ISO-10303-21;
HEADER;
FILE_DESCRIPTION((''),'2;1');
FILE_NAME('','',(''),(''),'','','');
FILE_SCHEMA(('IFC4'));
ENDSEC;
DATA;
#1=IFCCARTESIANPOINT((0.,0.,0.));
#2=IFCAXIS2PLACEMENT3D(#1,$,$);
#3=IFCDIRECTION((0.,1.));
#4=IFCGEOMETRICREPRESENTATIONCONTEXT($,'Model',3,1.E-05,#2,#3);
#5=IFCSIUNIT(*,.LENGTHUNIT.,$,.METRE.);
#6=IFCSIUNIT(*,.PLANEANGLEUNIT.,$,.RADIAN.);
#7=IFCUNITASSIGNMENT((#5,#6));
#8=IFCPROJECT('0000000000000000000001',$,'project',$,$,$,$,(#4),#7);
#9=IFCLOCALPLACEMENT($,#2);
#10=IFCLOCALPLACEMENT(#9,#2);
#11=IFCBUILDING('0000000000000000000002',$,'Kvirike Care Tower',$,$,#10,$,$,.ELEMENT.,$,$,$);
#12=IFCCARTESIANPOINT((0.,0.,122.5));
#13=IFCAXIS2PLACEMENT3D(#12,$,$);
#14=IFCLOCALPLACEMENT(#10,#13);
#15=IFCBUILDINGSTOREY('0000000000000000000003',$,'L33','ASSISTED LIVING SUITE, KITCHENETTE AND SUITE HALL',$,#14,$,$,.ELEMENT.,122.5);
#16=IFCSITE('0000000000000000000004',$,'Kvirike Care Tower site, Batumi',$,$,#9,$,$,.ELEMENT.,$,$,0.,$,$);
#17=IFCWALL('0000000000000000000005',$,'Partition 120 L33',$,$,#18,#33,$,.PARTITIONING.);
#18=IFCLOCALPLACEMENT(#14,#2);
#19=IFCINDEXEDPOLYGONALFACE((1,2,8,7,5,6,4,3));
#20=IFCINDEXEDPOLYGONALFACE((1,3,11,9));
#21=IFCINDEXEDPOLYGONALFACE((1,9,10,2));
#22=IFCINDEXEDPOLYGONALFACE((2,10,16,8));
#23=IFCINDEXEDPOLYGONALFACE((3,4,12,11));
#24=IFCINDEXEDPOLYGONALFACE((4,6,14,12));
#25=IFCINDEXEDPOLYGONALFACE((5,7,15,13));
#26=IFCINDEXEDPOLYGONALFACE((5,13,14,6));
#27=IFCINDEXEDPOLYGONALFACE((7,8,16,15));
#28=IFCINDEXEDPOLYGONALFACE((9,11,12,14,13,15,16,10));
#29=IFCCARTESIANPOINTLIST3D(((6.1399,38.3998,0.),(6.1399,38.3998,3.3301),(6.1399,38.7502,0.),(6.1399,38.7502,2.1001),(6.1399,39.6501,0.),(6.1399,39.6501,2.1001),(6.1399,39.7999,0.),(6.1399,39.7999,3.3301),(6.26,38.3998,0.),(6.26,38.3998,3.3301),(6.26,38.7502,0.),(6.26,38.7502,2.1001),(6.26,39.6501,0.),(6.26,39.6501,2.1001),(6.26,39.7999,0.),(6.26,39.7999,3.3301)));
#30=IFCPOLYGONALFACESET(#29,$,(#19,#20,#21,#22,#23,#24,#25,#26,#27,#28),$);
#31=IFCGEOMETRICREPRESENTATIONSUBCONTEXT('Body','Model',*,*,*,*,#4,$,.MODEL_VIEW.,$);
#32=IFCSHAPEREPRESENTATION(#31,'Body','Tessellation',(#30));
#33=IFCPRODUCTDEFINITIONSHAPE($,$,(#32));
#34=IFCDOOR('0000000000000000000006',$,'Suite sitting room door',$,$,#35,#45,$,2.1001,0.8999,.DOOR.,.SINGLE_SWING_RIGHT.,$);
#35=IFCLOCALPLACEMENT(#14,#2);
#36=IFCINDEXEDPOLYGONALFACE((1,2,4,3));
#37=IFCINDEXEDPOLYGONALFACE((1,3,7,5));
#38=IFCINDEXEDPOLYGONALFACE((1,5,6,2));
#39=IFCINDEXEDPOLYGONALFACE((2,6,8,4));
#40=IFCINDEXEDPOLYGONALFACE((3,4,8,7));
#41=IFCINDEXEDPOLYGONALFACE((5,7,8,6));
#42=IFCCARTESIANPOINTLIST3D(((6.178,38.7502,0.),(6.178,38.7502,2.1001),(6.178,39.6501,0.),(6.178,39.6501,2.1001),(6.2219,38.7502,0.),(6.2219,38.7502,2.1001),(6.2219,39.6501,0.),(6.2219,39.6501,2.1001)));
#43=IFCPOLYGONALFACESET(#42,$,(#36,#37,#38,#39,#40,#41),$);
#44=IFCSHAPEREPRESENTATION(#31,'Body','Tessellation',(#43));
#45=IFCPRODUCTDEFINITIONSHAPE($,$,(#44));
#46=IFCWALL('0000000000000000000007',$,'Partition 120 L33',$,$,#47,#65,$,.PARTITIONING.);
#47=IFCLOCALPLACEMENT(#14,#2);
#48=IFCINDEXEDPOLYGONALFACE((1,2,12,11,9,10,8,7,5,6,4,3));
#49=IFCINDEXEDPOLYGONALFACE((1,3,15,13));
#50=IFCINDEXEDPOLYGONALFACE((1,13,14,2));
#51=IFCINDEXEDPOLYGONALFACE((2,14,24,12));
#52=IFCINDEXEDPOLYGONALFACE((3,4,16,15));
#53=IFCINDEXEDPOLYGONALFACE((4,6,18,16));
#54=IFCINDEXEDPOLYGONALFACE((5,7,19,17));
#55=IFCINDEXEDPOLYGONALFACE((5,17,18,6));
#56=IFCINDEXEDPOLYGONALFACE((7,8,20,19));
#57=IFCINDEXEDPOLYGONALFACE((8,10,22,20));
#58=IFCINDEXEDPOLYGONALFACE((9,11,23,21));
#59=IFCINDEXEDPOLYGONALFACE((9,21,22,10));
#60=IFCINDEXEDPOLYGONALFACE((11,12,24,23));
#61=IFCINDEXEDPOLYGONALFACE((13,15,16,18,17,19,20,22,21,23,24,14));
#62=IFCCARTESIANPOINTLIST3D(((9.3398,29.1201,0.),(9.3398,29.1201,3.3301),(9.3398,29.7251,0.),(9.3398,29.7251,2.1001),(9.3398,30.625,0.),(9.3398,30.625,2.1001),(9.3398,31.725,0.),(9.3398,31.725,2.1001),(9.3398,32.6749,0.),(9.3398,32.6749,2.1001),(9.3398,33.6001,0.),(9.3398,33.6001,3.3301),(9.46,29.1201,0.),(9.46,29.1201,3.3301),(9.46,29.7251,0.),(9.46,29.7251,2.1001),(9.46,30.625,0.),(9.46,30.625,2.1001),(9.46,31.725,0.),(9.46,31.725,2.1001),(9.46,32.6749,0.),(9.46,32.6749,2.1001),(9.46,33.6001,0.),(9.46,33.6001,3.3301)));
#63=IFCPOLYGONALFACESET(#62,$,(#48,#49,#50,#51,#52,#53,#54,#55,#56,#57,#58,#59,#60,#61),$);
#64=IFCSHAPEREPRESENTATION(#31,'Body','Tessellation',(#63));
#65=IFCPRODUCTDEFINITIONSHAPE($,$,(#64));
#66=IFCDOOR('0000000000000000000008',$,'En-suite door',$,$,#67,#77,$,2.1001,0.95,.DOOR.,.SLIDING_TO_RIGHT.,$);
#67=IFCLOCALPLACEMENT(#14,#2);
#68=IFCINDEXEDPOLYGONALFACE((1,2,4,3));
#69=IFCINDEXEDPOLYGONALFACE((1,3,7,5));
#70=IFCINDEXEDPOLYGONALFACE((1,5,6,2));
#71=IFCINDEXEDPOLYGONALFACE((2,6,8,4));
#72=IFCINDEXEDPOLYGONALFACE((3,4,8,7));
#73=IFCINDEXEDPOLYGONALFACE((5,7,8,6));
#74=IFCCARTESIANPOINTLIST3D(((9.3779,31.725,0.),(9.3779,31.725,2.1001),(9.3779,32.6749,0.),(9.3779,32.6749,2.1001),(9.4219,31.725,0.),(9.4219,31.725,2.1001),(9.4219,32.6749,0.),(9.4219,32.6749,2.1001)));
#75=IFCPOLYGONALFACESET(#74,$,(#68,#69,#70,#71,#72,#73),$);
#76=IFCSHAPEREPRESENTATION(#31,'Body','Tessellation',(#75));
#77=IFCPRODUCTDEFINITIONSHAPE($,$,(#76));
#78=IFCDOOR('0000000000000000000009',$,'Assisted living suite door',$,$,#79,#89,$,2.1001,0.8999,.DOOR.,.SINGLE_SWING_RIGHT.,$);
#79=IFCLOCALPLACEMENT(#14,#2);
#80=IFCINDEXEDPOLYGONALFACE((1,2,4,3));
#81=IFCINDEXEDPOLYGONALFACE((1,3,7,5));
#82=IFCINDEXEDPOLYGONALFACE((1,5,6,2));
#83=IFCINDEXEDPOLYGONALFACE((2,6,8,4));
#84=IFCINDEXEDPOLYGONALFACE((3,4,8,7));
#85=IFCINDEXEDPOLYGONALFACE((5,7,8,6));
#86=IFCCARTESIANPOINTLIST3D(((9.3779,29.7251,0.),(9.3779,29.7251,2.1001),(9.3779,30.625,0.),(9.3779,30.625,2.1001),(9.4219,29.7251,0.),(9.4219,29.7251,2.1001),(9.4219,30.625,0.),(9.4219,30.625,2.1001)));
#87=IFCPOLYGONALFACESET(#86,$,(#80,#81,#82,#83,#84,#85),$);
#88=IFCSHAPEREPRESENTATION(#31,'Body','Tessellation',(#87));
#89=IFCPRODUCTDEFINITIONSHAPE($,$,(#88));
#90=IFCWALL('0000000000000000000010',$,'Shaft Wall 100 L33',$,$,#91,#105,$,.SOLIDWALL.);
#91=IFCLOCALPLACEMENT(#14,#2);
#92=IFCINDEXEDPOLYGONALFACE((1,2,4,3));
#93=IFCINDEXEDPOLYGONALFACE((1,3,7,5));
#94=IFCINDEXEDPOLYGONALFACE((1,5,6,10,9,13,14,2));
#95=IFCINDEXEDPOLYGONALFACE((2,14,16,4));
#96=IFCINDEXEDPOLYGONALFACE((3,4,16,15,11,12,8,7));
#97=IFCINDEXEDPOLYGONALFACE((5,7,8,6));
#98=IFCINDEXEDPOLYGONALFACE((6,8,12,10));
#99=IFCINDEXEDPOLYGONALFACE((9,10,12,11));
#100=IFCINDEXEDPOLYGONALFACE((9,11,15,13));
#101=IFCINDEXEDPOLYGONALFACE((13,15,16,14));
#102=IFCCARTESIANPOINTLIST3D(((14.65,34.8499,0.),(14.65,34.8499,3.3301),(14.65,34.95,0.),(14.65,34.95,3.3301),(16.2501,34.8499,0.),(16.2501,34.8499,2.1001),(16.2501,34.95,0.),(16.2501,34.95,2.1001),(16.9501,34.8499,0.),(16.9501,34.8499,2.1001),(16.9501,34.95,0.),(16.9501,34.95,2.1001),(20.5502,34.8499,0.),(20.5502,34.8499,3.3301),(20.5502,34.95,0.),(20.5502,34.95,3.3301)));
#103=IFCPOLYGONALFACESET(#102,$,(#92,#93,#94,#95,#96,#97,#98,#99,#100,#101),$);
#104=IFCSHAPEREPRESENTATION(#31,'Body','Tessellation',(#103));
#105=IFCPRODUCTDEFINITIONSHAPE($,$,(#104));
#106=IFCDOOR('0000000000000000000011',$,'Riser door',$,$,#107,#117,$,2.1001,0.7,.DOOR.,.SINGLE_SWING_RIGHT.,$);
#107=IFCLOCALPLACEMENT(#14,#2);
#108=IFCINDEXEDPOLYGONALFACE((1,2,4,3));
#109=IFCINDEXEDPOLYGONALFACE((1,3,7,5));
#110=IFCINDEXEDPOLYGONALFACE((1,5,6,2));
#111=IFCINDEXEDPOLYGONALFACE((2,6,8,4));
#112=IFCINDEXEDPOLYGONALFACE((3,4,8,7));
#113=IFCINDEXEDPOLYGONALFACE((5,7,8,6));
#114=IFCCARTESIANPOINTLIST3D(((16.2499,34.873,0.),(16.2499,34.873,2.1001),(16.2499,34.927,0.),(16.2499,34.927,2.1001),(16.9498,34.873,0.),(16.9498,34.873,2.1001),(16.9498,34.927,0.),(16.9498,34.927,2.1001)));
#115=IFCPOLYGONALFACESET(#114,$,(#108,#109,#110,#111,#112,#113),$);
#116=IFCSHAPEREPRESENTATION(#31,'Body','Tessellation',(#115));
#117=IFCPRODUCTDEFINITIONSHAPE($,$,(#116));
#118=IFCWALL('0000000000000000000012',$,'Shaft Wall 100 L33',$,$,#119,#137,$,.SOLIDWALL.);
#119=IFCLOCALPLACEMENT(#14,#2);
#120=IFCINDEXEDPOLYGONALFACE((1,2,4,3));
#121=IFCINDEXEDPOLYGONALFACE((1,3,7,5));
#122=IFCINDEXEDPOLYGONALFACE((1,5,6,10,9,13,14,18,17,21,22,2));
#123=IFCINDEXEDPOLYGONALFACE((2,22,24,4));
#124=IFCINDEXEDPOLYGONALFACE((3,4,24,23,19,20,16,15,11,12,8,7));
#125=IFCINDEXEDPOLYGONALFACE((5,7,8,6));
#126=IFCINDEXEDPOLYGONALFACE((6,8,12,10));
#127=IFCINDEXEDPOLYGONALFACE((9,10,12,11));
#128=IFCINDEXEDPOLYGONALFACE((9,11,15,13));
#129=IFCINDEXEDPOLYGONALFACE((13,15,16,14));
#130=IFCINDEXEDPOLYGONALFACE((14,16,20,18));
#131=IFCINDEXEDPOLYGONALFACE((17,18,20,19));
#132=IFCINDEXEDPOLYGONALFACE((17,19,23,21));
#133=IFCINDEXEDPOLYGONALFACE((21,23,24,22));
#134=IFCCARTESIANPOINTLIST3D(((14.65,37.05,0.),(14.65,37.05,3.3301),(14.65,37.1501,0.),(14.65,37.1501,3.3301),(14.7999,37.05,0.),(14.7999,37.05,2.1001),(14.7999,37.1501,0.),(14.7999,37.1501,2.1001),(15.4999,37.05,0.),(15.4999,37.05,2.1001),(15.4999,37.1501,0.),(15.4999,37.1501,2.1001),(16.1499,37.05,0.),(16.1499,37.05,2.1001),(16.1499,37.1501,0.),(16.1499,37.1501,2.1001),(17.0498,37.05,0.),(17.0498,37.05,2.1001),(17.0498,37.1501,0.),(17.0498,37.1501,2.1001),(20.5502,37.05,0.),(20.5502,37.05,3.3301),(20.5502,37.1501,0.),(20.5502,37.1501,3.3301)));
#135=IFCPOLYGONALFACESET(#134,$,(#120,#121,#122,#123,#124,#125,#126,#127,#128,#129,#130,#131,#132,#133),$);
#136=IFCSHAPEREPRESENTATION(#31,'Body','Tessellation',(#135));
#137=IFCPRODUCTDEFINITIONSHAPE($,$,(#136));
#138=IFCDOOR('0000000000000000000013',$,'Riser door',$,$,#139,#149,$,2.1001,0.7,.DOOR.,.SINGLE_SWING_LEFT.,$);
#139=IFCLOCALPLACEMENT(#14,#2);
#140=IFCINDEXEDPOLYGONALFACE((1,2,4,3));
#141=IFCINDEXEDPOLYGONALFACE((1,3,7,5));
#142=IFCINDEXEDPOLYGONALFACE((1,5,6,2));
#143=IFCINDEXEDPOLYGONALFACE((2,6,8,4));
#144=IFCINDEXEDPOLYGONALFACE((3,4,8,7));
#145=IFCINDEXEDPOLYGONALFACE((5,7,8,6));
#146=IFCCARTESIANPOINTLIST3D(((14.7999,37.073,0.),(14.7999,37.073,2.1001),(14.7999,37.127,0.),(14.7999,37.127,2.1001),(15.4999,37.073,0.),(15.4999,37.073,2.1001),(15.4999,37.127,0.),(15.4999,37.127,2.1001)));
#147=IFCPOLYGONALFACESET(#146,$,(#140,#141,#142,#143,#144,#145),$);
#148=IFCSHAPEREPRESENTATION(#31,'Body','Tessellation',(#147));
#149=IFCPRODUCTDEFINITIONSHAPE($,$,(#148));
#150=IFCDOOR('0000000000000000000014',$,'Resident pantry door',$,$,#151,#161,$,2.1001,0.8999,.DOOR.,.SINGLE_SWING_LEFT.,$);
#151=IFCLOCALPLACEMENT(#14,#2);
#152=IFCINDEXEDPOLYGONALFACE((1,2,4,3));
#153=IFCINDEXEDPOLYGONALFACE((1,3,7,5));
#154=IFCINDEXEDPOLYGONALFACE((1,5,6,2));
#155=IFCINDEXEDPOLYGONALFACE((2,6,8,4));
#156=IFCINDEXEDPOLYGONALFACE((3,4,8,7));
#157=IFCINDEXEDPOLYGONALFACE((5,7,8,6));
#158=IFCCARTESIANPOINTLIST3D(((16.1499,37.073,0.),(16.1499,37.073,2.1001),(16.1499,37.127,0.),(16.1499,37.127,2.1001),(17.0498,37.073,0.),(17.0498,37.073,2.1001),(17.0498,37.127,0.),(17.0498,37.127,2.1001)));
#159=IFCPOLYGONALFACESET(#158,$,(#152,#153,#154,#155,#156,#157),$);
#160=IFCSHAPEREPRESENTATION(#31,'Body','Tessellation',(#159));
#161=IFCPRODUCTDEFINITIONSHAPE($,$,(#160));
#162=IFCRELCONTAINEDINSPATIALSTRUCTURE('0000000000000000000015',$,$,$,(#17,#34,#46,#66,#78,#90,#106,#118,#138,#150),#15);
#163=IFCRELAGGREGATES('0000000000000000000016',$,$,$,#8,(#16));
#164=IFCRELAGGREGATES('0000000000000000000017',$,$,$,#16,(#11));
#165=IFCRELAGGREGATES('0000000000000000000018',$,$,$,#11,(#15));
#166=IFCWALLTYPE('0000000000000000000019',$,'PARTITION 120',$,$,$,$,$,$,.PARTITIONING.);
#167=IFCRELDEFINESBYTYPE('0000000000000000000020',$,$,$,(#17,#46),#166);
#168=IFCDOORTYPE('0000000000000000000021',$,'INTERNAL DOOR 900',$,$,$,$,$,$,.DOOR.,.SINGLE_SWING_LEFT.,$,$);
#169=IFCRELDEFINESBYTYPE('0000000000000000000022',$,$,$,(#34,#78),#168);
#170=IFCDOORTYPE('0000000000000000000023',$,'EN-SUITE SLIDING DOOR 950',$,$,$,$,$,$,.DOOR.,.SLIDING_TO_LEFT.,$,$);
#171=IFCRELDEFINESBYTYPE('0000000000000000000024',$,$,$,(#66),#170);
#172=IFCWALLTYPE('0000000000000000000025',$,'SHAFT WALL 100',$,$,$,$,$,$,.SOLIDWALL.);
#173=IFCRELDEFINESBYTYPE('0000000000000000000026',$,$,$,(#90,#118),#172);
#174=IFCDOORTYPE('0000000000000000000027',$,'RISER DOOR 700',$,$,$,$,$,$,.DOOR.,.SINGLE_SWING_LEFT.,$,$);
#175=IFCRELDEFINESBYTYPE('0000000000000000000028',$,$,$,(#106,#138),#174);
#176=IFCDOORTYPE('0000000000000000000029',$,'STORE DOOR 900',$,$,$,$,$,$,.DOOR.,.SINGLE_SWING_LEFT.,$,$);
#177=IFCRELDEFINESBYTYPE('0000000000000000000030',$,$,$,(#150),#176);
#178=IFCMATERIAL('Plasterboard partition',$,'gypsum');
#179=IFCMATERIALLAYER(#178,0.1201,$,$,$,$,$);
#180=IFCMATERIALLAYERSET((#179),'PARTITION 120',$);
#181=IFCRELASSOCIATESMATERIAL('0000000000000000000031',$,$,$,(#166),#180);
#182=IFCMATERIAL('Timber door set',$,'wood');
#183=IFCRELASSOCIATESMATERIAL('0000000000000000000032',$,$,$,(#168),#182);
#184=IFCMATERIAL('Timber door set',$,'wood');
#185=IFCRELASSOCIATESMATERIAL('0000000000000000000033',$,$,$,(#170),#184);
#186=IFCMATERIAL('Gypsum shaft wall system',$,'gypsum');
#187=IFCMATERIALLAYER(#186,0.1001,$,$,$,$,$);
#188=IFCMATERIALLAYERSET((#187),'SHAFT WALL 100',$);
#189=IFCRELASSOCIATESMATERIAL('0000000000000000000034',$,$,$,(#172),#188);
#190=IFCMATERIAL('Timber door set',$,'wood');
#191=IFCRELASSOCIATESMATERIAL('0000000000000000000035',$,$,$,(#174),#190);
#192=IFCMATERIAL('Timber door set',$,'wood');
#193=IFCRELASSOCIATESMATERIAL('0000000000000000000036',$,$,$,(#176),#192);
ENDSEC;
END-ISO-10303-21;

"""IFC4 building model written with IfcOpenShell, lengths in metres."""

from ifc_helpers import new_model, si_unit, direction, frame, frame_2d, origin, place, context, subcontext, project, spatial, rectangle, extrude, material, layer, layer_set, type_object, element, fill, save


model = new_model("IFC4")

# Units and contexts
model_context = context("Model", 3, precision=1e-05, world=origin(), true_north=direction((0.0, 1.0)))
body_context = subcontext(model_context, "Body", "Model", "MODEL_VIEW")
ifc_project = project(units=[si_unit("LENGTHUNIT", "METRE"), si_unit("PLANEANGLEUNIT", "RADIAN")], contexts=[model_context])

# Site, building, storey
site_placement = place(None, origin())
site = spatial("IfcSite", under=ifc_project, at=site_placement, Name="Kvirike Care Tower site, Batumi", CompositionType="ELEMENT", RefElevation=0.0)
building_placement = place(site_placement, origin())
building = spatial("IfcBuilding", under=site, at=building_placement, Name="Kvirike Care Tower", CompositionType="ELEMENT")
storey_placement = place(building_placement, frame((0.0, 0.0, 122.5)))
storey = spatial("IfcBuildingStorey", under=building, at=storey_placement, Name="L33", Description="ASSISTED LIVING SUITE, KITCHENETTE AND SUITE HALL", CompositionType="ELEMENT", Elevation=122.5)

# Wall, opening, door
ifc_material_1 = material(Name="Plasterboard partition", Category="gypsum")
ifc_layer_1 = layer(ifc_material_1, 0.1201)
ifc_layer_set_1 = layer_set([ifc_layer_1], Name="PARTITION 120")
wall_type_1 = type_object("IfcWallType", Name="PARTITION 120", PredefinedType="PARTITIONING", material=ifc_layer_set_1)
ifc_material_2 = material(Name="Timber door set", Category="wood")
door_type_1 = type_object("IfcDoorType", Name="INTERNAL DOOR 900", OperationType="SINGLE_SWING_LEFT", PredefinedType="DOOR", material=ifc_material_2)
wall_1_placement = place(storey_placement, frame((6.2, 39.8, 0.0), z_axis=(0.0, 0.0, 1.0), x_axis=(0.0, -1.0, 0.0)))
wall_1 = element("IfcWall", 1, at=wall_1_placement, inside=storey, type_object=wall_type_1, Name="Partition 120 L33", PredefinedType="PARTITIONING", context=body_context, shape_type="SweptSolid", body=[
    extrude(rectangle(XDim=1.4001, YDim=0.1201, at=frame_2d((0.7002, 0.0))), origin(), (0.0, 0.0, 1.0), 3.3301),
])
opening_1_placement = place(wall_1_placement, frame((0.1499, 0.0, 0.0)))
opening_1 = element("IfcOpeningElement", 2, at=opening_1_placement, cuts=wall_1, PredefinedType="OPENING", context=body_context, shape_type="SweptSolid", body=[
    extrude(rectangle(XDim=0.8999, YDim=2.1001, at=frame_2d((0.45, 1.05))), frame((0.0, 0.0706, 0.0), z_axis=(0.0, -1.0, 0.0), x_axis=(1.0, 0.0, 0.0)), (0.0, 0.0, 1.0), 0.1411),
])
door_1_placement = place(opening_1_placement, origin())
door_1 = element("IfcDoor", 3, at=door_1_placement, inside=storey, type_object=door_type_1, Name="Suite sitting room door", OperationType="SINGLE_SWING_RIGHT", OverallHeight=2.1001, OverallWidth=0.8999, PredefinedType="DOOR", context=body_context, shape_type="SweptSolid", body=[
    extrude(rectangle(XDim=0.8999, YDim=2.1001, at=frame_2d((0.45, 1.05))), frame((0.0, 0.022, 0.0), z_axis=(0.0, -1.0, 0.0), x_axis=(1.0, 0.0, 0.0)), (0.0, 0.0, 1.0), 0.0439),
])
fill(opening_1, door_1)

# Wall, openings, doors
wall_2_placement = place(storey_placement, frame((9.3999, 33.6001, 0.0), z_axis=(0.0, 0.0, 1.0), x_axis=(0.0, -1.0, 0.0)))
wall_2 = element("IfcWall", 4, at=wall_2_placement, inside=storey, type_object=wall_type_1, Name="Partition 120 L33", PredefinedType="PARTITIONING", context=body_context, shape_type="SweptSolid", body=[
    extrude(rectangle(XDim=4.48, YDim=0.1201, at=frame_2d((2.24, 0.0))), origin(), (0.0, 0.0, 1.0), 3.3301),
])
opening_2_placement = place(wall_2_placement, frame((2.9751, 0.0, 0.0)))
opening_2 = element("IfcOpeningElement", 5, at=opening_2_placement, cuts=wall_2, PredefinedType="OPENING", context=body_context, shape_type="SweptSolid", body=[
    extrude(rectangle(XDim=0.8999, YDim=2.1001, at=frame_2d((0.45, 1.05))), frame((0.0, 0.0706, 0.0), z_axis=(0.0, -1.0, 0.0), x_axis=(1.0, 0.0, 0.0)), (0.0, 0.0, 1.0), 0.1411),
])
opening_3_placement = place(wall_2_placement, frame((0.925, 0.0, 0.0)))
opening_3 = element("IfcOpeningElement", 6, at=opening_3_placement, cuts=wall_2, PredefinedType="OPENING", context=body_context, shape_type="SweptSolid", body=[
    extrude(rectangle(XDim=0.95, YDim=2.1001, at=frame_2d((0.4751, 1.05))), frame((0.0, 0.0706, 0.0), z_axis=(0.0, -1.0, 0.0), x_axis=(1.0, 0.0, 0.0)), (0.0, 0.0, 1.0), 0.1411),
])
ifc_material_3 = material(Name="Timber door set", Category="wood")
door_type_2 = type_object("IfcDoorType", Name="EN-SUITE SLIDING DOOR 950", OperationType="SLIDING_TO_LEFT", PredefinedType="DOOR", material=ifc_material_3)
door_2_placement = place(opening_3_placement, origin())
door_2 = element("IfcDoor", 7, at=door_2_placement, inside=storey, type_object=door_type_2, Name="En-suite door", OperationType="SLIDING_TO_RIGHT", OverallHeight=2.1001, OverallWidth=0.95, PredefinedType="DOOR", context=body_context, shape_type="SweptSolid", body=[
    extrude(rectangle(XDim=0.95, YDim=2.1001, at=frame_2d((0.4751, 1.05))), frame((0.0, 0.022, 0.0), z_axis=(0.0, -1.0, 0.0), x_axis=(1.0, 0.0, 0.0)), (0.0, 0.0, 1.0), 0.0439),
])
fill(opening_3, door_2)
door_3_placement = place(opening_2_placement, origin())
door_3 = element("IfcDoor", 8, at=door_3_placement, inside=storey, type_object=door_type_1, Name="Assisted living suite door", OperationType="SINGLE_SWING_RIGHT", OverallHeight=2.1001, OverallWidth=0.8999, PredefinedType="DOOR", context=body_context, shape_type="SweptSolid", body=[
    extrude(rectangle(XDim=0.8999, YDim=2.1001, at=frame_2d((0.45, 1.05))), frame((0.0, 0.022, 0.0), z_axis=(0.0, -1.0, 0.0), x_axis=(1.0, 0.0, 0.0)), (0.0, 0.0, 1.0), 0.0439),
])
fill(opening_2, door_3)

# Wall, opening, door
ifc_material_4 = material(Name="Gypsum shaft wall system", Category="gypsum")
ifc_layer_2 = layer(ifc_material_4, 0.1001)
ifc_layer_set_2 = layer_set([ifc_layer_2], Name="SHAFT WALL 100")
wall_type_2 = type_object("IfcWallType", Name="SHAFT WALL 100", PredefinedType="SOLIDWALL", material=ifc_layer_set_2)
wall_3_placement = place(storey_placement, frame((14.6499, 34.8999, 0.0), z_axis=(0.0, 0.0, 1.0), x_axis=(1.0, 0.0, 0.0)))
wall_3 = element("IfcWall", 9, at=wall_3_placement, inside=storey, type_object=wall_type_2, Name="Shaft Wall 100 L33", PredefinedType="SOLIDWALL", context=body_context, shape_type="SweptSolid", body=[
    extrude(rectangle(XDim=5.9001, YDim=0.1001, at=frame_2d((2.9502, 0.0))), origin(), (0.0, 0.0, 1.0), 3.3301),
])
opening_4_placement = place(wall_3_placement, frame((1.6001, 0.0, 0.0)))
opening_4 = element("IfcOpeningElement", 10, at=opening_4_placement, cuts=wall_3, PredefinedType="OPENING", context=body_context, shape_type="SweptSolid", body=[
    extrude(rectangle(XDim=0.7, YDim=2.1001, at=frame_2d((0.3501, 1.05))), frame((0.0, 0.0605, 0.0), z_axis=(0.0, -1.0, 0.0), x_axis=(1.0, 0.0, 0.0)), (0.0, 0.0, 1.0), 0.1211),
])
ifc_material_5 = material(Name="Timber door set", Category="wood")
door_type_3 = type_object("IfcDoorType", Name="RISER DOOR 700", OperationType="SINGLE_SWING_LEFT", PredefinedType="DOOR", material=ifc_material_5)
door_4_placement = place(opening_4_placement, frame((0.7, 0.0, 0.0), z_axis=(0.0, 0.0, 1.0), x_axis=(-1.0, 0.0, 0.0)))
door_4 = element("IfcDoor", 11, at=door_4_placement, inside=storey, type_object=door_type_3, Name="Riser door", OperationType="SINGLE_SWING_RIGHT", OverallHeight=2.1001, OverallWidth=0.7, PredefinedType="DOOR", context=body_context, shape_type="SweptSolid", body=[
    extrude(rectangle(XDim=0.7, YDim=2.1001, at=frame_2d((0.3501, 1.05))), frame((0.0, 0.0269, 0.0), z_axis=(0.0, -1.0, 0.0), x_axis=(1.0, 0.0, 0.0)), (0.0, 0.0, 1.0), 0.054),
])
fill(opening_4, door_4)

# Wall, openings, doors
wall_4_placement = place(storey_placement, frame((14.6499, 37.1001, 0.0), z_axis=(0.0, 0.0, 1.0), x_axis=(1.0, 0.0, 0.0)))
wall_4 = element("IfcWall", 12, at=wall_4_placement, inside=storey, type_object=wall_type_2, Name="Shaft Wall 100 L33", PredefinedType="SOLIDWALL", context=body_context, shape_type="SweptSolid", body=[
    extrude(rectangle(XDim=5.9001, YDim=0.1001, at=frame_2d((2.9502, 0.0))), origin(), (0.0, 0.0, 1.0), 3.3301),
])
opening_5_placement = place(wall_4_placement, frame((0.1499, 0.0, 0.0)))
opening_5 = element("IfcOpeningElement", 13, at=opening_5_placement, cuts=wall_4, PredefinedType="OPENING", context=body_context, shape_type="SweptSolid", body=[
    extrude(rectangle(XDim=0.7, YDim=2.1001, at=frame_2d((0.3501, 1.05))), frame((0.0, 0.0605, 0.0), z_axis=(0.0, -1.0, 0.0), x_axis=(1.0, 0.0, 0.0)), (0.0, 0.0, 1.0), 0.1211),
])
opening_6_placement = place(wall_4_placement, frame((1.5, 0.0, 0.0)))
opening_6 = element("IfcOpeningElement", 14, at=opening_6_placement, cuts=wall_4, PredefinedType="OPENING", context=body_context, shape_type="SweptSolid", body=[
    extrude(rectangle(XDim=0.8999, YDim=2.1001, at=frame_2d((0.45, 1.05))), frame((0.0, 0.0605, 0.0), z_axis=(0.0, -1.0, 0.0), x_axis=(1.0, 0.0, 0.0)), (0.0, 0.0, 1.0), 0.1211),
])
door_5_placement = place(opening_5_placement, origin())
door_5 = element("IfcDoor", 15, at=door_5_placement, inside=storey, type_object=door_type_3, Name="Riser door", OperationType="SINGLE_SWING_LEFT", OverallHeight=2.1001, OverallWidth=0.7, PredefinedType="DOOR", context=body_context, shape_type="SweptSolid", body=[
    extrude(rectangle(XDim=0.7, YDim=2.1001, at=frame_2d((0.3501, 1.05))), frame((0.0, 0.0269, 0.0), z_axis=(0.0, -1.0, 0.0), x_axis=(1.0, 0.0, 0.0)), (0.0, 0.0, 1.0), 0.054),
])
fill(opening_5, door_5)
ifc_material_6 = material(Name="Timber door set", Category="wood")
door_type_4 = type_object("IfcDoorType", Name="STORE DOOR 900", OperationType="SINGLE_SWING_LEFT", PredefinedType="DOOR", material=ifc_material_6)
door_6_placement = place(opening_6_placement, origin())
door_6 = element("IfcDoor", 16, at=door_6_placement, inside=storey, type_object=door_type_4, Name="Resident pantry door", OperationType="SINGLE_SWING_LEFT", OverallHeight=2.1001, OverallWidth=0.8999, PredefinedType="DOOR", context=body_context, shape_type="SweptSolid", body=[
    extrude(rectangle(XDim=0.8999, YDim=2.1001, at=frame_2d((0.45, 1.05))), frame((0.0, 0.0269, 0.0), z_axis=(0.0, -1.0, 0.0), x_axis=(1.0, 0.0, 0.0)), (0.0, 0.0, 1.0), 0.054),
])
fill(opening_6, door_6)

save(model, "model.ifc")
